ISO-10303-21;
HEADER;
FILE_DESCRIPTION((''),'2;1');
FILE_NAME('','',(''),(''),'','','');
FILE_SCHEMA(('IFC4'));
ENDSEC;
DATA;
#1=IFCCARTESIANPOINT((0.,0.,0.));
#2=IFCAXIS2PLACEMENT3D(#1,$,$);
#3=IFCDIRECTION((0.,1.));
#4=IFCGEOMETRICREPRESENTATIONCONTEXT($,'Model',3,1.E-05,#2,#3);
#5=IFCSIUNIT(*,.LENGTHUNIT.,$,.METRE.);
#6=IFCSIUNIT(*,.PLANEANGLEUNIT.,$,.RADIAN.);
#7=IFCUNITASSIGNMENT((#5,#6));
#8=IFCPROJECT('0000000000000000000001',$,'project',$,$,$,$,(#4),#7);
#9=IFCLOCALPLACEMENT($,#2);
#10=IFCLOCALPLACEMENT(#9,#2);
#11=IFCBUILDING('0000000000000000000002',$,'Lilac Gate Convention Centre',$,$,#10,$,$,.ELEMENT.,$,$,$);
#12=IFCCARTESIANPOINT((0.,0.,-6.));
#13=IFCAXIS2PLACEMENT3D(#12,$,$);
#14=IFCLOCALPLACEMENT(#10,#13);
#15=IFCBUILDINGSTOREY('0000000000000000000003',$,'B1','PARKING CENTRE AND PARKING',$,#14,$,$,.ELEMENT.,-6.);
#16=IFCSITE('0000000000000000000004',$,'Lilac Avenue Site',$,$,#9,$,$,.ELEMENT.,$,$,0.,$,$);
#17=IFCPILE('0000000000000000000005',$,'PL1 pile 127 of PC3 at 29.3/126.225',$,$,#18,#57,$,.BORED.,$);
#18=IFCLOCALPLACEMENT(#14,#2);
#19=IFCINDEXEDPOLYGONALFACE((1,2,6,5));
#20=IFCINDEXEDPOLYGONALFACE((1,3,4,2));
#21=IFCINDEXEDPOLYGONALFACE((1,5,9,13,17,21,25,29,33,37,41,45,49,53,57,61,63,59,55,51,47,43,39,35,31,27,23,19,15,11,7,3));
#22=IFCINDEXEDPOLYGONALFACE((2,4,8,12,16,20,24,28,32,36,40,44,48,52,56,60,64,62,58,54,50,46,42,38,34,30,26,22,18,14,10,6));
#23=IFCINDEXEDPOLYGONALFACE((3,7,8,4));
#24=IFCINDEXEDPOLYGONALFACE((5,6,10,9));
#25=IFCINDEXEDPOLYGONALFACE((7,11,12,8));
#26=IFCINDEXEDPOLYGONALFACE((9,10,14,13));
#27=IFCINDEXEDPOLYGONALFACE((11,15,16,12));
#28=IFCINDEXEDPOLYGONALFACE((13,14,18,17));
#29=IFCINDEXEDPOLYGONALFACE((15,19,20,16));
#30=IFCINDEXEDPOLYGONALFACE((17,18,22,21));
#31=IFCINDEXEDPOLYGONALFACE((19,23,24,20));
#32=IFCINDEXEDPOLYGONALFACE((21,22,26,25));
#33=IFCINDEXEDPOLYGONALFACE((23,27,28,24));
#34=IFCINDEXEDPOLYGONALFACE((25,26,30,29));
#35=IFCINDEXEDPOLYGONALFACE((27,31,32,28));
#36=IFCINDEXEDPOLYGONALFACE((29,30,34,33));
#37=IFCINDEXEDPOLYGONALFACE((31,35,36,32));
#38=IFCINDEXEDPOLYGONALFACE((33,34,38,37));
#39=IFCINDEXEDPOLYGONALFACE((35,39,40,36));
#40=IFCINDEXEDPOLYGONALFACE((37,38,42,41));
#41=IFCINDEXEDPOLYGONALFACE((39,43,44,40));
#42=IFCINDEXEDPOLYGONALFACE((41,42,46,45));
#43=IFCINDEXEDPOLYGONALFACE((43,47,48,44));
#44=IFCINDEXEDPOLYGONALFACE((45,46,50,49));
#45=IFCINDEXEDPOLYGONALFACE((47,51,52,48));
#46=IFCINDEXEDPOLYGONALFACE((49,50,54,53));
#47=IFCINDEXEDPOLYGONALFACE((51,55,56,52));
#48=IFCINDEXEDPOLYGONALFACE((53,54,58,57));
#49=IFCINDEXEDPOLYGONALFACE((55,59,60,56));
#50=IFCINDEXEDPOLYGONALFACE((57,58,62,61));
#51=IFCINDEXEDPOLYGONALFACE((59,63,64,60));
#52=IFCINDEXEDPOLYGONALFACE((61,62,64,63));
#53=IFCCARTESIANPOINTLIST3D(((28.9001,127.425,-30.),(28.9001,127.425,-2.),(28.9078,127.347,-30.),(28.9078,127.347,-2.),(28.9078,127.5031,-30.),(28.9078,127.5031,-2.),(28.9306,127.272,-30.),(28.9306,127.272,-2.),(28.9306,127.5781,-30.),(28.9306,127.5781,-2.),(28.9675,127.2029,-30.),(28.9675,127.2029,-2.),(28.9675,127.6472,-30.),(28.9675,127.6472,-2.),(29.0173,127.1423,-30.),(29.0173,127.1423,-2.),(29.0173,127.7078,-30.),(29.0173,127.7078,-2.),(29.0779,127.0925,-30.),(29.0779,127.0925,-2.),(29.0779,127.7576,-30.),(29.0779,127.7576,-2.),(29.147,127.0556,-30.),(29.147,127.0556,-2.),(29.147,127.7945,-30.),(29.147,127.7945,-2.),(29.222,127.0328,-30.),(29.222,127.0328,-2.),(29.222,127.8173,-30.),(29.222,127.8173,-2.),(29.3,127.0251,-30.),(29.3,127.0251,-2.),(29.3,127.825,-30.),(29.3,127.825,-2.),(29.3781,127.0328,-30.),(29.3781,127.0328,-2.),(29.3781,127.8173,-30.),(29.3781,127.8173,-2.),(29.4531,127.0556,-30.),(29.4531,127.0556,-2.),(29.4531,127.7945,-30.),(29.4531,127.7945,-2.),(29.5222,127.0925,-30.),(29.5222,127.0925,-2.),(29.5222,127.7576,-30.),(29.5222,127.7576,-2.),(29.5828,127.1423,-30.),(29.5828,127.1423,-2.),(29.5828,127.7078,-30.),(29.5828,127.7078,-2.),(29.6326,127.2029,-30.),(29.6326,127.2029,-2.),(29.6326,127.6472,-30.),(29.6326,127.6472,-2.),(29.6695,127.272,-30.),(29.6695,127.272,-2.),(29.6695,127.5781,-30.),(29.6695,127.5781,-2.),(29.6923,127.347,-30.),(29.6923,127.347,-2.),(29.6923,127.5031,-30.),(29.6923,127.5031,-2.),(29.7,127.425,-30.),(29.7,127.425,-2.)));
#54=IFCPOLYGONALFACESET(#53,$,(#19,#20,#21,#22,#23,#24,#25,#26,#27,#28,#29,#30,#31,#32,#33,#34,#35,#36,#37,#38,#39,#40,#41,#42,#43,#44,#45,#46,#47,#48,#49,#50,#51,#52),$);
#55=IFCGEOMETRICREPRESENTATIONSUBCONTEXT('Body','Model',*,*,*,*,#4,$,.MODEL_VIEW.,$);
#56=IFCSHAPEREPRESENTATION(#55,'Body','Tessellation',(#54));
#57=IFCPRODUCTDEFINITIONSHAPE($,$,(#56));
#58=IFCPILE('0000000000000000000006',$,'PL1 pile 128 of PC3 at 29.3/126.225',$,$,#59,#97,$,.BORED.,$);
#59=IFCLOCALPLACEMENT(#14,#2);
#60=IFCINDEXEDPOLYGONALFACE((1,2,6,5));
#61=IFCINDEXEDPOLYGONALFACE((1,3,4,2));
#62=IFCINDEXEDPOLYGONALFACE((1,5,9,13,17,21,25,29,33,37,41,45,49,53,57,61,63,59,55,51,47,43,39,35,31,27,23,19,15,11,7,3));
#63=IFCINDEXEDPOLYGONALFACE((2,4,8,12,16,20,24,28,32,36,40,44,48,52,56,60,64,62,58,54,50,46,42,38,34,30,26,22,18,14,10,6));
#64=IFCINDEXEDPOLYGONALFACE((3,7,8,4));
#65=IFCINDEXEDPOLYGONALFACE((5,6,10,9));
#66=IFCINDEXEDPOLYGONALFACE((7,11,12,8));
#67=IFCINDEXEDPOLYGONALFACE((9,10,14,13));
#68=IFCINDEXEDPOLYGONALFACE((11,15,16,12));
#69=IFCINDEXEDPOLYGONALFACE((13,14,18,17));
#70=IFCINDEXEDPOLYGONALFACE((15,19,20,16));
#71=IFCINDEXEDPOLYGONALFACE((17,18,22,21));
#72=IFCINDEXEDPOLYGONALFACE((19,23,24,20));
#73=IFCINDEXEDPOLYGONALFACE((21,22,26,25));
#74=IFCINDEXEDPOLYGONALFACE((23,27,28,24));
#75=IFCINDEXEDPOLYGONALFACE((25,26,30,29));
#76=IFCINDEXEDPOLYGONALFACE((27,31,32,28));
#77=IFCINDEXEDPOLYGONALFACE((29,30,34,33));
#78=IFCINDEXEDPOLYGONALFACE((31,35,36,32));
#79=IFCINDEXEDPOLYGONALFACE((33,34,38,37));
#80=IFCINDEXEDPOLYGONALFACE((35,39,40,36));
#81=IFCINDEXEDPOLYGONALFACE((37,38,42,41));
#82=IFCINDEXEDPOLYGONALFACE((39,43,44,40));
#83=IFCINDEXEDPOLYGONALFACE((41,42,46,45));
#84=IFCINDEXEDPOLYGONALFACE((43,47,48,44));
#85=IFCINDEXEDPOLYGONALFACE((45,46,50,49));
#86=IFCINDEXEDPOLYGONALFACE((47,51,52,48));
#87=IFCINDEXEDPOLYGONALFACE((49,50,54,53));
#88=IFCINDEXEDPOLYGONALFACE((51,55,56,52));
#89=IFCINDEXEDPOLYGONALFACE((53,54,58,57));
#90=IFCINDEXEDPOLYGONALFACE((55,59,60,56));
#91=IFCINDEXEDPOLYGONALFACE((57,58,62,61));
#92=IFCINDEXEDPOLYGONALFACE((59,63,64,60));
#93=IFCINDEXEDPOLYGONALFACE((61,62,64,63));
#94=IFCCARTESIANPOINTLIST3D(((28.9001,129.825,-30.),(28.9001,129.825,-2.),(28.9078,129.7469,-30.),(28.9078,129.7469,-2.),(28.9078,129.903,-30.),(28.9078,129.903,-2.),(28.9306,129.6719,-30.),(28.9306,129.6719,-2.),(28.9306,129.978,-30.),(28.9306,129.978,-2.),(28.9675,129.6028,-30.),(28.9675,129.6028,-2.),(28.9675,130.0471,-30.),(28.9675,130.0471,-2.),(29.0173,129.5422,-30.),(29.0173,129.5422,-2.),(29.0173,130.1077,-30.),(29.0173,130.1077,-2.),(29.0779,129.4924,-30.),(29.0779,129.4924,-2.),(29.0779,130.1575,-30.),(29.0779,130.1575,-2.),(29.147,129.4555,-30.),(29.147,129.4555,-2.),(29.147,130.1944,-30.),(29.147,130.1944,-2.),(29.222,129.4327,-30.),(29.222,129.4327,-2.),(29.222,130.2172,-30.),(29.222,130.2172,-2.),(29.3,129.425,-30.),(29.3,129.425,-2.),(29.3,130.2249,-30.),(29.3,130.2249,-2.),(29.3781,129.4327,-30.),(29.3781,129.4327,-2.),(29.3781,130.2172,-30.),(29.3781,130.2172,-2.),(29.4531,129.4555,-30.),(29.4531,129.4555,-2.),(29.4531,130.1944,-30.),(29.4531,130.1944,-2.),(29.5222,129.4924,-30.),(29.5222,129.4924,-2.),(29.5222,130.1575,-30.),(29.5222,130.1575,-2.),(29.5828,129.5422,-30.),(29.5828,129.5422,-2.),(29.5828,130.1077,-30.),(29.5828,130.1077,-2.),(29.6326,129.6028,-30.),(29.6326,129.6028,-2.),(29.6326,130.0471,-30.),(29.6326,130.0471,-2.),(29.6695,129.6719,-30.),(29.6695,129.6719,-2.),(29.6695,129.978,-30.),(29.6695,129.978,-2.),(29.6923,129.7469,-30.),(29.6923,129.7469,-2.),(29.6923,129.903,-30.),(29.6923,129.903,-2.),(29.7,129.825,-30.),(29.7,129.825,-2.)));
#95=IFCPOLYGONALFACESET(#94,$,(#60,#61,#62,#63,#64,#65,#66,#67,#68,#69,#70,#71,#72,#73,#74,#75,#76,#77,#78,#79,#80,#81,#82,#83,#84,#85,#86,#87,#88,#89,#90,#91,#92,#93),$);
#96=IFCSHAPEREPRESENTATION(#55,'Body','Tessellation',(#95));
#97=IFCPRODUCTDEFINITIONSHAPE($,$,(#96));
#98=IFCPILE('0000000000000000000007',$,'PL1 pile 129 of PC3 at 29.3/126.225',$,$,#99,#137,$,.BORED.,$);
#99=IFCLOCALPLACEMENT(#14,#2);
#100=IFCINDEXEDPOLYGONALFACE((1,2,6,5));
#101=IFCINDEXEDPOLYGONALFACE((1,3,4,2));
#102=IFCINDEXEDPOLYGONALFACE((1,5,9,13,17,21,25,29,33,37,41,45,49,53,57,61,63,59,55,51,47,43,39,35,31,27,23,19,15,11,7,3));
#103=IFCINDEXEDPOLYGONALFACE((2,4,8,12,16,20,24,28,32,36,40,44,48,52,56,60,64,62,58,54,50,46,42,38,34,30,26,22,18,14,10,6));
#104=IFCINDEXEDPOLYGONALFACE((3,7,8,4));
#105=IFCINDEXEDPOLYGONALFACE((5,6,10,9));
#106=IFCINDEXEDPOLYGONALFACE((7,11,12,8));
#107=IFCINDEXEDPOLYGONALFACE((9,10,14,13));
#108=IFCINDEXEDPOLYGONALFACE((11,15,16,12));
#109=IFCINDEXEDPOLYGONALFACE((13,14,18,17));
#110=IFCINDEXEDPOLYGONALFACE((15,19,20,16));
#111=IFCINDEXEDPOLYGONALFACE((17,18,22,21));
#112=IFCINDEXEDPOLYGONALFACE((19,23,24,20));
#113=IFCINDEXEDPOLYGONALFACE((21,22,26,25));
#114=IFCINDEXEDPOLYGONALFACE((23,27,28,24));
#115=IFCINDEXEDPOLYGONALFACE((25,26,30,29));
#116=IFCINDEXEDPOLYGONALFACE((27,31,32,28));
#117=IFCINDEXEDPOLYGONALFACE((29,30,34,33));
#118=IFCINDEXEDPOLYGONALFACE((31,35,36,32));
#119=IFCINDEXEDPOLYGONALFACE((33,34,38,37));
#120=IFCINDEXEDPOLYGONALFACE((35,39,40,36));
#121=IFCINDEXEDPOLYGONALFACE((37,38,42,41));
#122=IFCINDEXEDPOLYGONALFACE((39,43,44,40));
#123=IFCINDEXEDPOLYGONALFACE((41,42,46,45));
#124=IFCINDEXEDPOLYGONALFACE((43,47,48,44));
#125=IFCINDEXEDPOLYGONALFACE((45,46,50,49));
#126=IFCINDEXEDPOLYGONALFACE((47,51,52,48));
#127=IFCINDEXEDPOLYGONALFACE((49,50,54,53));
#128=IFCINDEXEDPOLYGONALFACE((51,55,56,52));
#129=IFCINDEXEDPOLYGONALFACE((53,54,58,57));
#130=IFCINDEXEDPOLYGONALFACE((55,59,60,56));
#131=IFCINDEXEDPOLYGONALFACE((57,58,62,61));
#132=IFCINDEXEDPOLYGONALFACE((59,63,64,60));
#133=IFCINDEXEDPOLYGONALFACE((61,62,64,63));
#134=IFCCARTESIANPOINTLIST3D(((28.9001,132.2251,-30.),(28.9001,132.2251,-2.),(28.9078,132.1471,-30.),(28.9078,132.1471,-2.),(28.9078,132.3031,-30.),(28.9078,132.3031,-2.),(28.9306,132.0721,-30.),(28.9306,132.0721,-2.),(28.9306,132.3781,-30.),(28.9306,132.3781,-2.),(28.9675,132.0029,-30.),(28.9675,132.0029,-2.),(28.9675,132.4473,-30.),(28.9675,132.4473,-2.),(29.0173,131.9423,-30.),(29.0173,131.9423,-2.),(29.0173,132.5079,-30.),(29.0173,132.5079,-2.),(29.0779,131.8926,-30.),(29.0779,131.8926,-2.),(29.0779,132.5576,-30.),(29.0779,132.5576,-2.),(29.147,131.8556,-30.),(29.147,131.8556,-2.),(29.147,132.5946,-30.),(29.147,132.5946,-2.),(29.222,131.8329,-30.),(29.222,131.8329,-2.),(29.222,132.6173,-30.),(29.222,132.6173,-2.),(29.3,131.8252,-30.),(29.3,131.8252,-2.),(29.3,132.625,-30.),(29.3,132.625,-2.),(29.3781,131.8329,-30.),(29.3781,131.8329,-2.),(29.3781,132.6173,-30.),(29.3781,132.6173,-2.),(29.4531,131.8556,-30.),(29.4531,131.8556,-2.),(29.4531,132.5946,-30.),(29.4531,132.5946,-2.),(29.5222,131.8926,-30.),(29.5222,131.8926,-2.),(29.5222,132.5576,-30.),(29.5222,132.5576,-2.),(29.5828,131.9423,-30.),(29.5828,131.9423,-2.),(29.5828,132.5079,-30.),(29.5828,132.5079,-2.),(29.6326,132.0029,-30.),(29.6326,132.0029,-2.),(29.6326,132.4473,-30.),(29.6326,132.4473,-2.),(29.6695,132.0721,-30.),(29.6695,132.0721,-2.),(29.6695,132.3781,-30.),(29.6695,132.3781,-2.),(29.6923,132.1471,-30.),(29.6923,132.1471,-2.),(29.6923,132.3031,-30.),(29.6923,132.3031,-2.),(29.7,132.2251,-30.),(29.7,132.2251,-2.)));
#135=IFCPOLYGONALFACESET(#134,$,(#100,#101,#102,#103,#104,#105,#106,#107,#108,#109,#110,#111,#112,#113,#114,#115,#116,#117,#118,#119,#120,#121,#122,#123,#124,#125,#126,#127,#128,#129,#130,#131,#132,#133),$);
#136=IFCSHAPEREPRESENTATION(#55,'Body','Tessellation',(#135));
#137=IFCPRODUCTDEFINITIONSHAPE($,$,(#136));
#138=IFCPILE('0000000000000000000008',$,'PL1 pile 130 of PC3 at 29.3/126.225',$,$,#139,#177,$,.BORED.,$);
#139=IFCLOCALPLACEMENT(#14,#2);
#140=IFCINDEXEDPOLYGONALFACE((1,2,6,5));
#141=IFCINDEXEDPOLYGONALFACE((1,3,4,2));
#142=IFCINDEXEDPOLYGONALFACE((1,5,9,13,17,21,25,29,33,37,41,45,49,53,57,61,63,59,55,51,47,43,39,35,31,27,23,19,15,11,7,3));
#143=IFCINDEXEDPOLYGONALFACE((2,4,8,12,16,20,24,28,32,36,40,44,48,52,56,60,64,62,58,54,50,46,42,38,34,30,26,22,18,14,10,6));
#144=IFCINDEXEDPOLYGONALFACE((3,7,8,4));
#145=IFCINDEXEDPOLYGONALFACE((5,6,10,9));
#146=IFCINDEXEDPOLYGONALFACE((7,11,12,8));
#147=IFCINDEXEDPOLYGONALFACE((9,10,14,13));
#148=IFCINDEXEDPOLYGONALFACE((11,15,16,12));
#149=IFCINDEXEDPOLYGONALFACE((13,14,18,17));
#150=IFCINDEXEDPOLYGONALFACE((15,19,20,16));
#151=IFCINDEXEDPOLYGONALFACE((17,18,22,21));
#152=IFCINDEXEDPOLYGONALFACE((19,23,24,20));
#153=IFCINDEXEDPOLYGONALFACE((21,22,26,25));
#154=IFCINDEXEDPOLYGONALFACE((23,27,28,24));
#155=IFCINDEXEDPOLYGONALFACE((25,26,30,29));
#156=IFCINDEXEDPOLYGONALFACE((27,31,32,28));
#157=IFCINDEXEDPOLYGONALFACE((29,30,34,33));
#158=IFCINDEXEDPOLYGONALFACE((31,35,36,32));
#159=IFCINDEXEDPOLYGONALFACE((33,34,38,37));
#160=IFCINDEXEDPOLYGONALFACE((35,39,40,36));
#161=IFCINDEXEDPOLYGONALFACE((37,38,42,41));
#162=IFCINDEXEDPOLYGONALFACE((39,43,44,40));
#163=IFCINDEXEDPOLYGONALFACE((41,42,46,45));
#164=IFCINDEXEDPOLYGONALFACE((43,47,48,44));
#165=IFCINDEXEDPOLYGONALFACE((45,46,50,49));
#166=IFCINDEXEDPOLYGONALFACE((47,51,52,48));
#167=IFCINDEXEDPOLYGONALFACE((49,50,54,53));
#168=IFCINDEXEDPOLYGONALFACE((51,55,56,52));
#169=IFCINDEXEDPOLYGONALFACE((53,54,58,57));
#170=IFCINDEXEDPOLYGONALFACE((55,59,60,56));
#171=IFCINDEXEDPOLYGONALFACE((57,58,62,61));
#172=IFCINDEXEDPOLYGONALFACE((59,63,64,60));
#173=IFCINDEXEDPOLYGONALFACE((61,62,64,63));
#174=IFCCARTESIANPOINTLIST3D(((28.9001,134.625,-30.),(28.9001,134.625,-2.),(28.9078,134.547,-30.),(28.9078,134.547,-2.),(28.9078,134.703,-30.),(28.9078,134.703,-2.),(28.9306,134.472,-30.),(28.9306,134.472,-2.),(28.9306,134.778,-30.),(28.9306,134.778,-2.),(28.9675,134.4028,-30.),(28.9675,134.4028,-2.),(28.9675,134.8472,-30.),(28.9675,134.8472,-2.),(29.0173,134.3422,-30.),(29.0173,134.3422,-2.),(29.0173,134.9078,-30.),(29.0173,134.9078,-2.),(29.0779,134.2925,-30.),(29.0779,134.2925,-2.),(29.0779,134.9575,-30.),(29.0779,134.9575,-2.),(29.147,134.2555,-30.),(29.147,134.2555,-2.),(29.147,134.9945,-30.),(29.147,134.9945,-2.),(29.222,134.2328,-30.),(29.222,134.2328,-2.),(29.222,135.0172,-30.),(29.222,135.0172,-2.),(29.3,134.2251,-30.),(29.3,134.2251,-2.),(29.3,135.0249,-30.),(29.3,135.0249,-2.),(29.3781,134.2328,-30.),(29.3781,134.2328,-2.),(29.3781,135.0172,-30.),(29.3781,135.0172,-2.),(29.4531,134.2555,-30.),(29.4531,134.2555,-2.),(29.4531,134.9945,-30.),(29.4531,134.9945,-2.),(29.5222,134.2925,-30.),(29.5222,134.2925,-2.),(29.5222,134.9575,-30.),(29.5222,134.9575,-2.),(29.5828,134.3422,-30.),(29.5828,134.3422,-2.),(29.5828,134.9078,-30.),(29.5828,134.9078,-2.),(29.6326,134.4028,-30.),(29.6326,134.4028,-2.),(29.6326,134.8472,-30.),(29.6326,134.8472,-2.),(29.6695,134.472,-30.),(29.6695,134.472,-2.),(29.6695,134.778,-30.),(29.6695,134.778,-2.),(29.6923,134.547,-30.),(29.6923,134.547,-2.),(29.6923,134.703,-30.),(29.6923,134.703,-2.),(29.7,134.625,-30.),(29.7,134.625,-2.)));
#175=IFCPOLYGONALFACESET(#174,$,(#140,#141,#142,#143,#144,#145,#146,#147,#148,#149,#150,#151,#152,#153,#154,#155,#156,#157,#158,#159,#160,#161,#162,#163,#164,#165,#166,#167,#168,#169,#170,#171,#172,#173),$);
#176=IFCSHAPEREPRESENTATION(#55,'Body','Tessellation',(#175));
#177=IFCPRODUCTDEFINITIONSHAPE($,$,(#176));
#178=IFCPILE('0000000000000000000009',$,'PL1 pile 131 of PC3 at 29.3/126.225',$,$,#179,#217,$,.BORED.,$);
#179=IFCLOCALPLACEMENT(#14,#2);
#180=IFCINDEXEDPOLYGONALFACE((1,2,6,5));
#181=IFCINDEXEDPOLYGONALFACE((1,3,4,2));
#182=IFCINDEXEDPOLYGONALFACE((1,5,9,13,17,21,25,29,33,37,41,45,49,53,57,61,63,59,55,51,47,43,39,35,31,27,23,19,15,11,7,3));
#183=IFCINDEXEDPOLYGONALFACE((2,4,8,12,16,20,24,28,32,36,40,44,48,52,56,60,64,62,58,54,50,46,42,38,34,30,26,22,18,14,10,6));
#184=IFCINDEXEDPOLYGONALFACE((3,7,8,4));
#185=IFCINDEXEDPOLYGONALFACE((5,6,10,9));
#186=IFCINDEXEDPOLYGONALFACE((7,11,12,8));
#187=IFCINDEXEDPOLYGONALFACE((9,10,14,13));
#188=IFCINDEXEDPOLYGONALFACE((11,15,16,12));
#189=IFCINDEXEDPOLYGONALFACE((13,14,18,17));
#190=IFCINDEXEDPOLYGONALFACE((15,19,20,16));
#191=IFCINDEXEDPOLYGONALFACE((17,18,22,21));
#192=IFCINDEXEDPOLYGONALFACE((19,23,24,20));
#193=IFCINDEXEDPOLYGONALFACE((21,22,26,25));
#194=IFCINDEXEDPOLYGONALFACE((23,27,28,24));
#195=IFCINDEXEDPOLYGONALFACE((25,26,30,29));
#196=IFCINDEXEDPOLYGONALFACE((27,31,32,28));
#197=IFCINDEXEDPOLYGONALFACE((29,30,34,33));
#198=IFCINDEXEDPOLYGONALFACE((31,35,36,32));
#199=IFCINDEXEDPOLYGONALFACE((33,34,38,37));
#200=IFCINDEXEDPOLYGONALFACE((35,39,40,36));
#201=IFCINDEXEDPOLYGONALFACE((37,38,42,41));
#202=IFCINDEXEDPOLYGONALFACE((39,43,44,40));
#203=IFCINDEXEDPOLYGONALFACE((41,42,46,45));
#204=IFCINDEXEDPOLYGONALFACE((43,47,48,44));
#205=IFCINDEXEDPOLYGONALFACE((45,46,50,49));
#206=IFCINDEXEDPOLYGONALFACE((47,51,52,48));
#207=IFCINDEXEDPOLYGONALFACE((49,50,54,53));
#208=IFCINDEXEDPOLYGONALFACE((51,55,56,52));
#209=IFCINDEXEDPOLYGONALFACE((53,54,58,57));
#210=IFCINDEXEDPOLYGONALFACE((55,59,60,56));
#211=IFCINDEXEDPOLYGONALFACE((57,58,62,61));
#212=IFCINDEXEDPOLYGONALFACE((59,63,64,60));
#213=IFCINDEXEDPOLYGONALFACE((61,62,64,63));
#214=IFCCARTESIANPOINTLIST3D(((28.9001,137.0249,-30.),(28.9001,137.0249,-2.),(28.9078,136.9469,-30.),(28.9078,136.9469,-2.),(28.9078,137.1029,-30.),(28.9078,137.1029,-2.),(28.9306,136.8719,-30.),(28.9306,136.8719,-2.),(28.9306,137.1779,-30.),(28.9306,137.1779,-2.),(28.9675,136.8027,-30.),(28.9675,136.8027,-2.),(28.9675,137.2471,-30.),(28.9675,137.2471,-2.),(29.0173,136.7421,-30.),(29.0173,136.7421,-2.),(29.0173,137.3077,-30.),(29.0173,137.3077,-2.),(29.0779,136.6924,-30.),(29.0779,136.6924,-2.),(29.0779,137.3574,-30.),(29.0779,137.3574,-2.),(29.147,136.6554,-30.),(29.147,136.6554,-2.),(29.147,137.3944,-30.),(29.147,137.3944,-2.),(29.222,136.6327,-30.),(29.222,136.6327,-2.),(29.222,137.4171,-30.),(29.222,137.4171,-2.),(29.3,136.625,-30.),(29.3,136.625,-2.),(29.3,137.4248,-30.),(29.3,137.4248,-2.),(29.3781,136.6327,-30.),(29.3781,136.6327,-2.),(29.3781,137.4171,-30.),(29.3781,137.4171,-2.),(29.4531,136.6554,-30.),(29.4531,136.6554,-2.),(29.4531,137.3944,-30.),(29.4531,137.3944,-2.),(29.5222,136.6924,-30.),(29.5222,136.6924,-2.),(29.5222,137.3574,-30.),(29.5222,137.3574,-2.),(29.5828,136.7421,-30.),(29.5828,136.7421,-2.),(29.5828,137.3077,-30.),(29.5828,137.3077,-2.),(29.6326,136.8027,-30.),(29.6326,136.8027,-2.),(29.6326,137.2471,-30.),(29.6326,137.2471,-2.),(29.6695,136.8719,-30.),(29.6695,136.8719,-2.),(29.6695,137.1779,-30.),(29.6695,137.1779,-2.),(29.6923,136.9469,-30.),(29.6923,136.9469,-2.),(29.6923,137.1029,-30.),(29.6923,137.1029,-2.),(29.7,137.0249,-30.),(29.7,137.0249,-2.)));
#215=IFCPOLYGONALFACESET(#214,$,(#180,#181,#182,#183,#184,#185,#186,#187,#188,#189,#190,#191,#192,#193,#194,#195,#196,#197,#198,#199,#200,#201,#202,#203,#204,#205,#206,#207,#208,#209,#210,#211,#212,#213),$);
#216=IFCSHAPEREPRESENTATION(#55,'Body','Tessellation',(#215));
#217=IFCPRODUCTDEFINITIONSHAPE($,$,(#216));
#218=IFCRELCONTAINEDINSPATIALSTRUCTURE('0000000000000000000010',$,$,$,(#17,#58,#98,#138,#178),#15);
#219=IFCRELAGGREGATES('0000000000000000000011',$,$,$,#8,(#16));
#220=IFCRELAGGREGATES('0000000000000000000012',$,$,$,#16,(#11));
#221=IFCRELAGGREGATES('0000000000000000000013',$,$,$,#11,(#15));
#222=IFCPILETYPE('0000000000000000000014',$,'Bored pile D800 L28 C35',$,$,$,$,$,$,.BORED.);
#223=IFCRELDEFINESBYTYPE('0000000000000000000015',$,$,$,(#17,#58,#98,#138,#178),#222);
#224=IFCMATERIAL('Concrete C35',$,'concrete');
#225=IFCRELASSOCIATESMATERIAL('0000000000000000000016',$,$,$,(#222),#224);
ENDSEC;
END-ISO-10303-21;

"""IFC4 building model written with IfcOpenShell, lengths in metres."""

from ifc_helpers import new_model, si_unit, direction, frame, origin, origin_2d, place, context, subcontext, project, spatial, circle, extrude, material, material_profile, profile_set, type_object, element, save


model = new_model("IFC4")

# Units and contexts
model_context = context("Model", 3, precision=1e-05, world=origin(), true_north=direction((0.0, 1.0)))
body_context = subcontext(model_context, "Body", "Model", "MODEL_VIEW")
ifc_project = project(units=[si_unit("LENGTHUNIT", "METRE"), si_unit("PLANEANGLEUNIT", "RADIAN")], contexts=[model_context])

# Site, building, storey
site_placement = place(None, origin())
site = spatial("IfcSite", under=ifc_project, at=site_placement, Name="Lilac Avenue Site", CompositionType="ELEMENT", RefElevation=0.0)
building_placement = place(site_placement, origin())
building = spatial("IfcBuilding", under=site, at=building_placement, Name="Lilac Gate Convention Centre", CompositionType="ELEMENT")
storey_placement = place(building_placement, frame((0.0, 0.0, -6.0)))
storey = spatial("IfcBuildingStorey", under=building, at=storey_placement, Name="B1", Description="PARKING CENTRE AND PARKING", CompositionType="ELEMENT", Elevation=-6.0)

# Piles
ifc_material_1 = material(Name="Concrete C35", Category="concrete")
ifc_material_profile_1 = material_profile(ifc_material_1, circle(Radius=0.3999, at=origin_2d()), Name="D800")
ifc_profile_set_1 = profile_set([ifc_material_profile_1], Name="Concrete C35")
pile_type = type_object("IfcPileType", Name="Bored pile D800 L28 C35", PredefinedType="BORED", material=ifc_profile_set_1)
for number, where, z_axis, x_axis, name in (
    (1, (29.3, 127.425, -2.0), (0.0, 0.0, -1.0), (1.0, 0.0, 0.0), "PL1 pile 127 of PC3 at 29.3/126.225"),
    (2, (29.3, 129.825, -2.0), (0.0, 0.0, -1.0), (1.0, 0.0, 0.0), "PL1 pile 128 of PC3 at 29.3/126.225"),
    (3, (29.3, 132.2251, -2.0), (0.0, 0.0, -1.0), (1.0, 0.0, 0.0), "PL1 pile 129 of PC3 at 29.3/126.225"),
    (4, (29.3, 134.625, -2.0), (0.0, 0.0, -1.0), (1.0, 0.0, 0.0), "PL1 pile 130 of PC3 at 29.3/126.225"),
    (5, (29.3, 137.0249, -2.0), (0.0, 0.0, -1.0), (1.0, 0.0, 0.0), "PL1 pile 131 of PC3 at 29.3/126.225"),
):
    element("IfcPile", number, at=place(storey_placement, frame(where, z_axis=z_axis, x_axis=x_axis)), inside=storey, type_object=pile_type, Name=name, PredefinedType="BORED", context=body_context, shape_type="SweptSolid", body=[
        extrude(circle(Radius=0.3999, at=origin_2d()), origin(), (0.0, 0.0, 1.0), 28.0),
    ])

save(model, "model.ifc")
